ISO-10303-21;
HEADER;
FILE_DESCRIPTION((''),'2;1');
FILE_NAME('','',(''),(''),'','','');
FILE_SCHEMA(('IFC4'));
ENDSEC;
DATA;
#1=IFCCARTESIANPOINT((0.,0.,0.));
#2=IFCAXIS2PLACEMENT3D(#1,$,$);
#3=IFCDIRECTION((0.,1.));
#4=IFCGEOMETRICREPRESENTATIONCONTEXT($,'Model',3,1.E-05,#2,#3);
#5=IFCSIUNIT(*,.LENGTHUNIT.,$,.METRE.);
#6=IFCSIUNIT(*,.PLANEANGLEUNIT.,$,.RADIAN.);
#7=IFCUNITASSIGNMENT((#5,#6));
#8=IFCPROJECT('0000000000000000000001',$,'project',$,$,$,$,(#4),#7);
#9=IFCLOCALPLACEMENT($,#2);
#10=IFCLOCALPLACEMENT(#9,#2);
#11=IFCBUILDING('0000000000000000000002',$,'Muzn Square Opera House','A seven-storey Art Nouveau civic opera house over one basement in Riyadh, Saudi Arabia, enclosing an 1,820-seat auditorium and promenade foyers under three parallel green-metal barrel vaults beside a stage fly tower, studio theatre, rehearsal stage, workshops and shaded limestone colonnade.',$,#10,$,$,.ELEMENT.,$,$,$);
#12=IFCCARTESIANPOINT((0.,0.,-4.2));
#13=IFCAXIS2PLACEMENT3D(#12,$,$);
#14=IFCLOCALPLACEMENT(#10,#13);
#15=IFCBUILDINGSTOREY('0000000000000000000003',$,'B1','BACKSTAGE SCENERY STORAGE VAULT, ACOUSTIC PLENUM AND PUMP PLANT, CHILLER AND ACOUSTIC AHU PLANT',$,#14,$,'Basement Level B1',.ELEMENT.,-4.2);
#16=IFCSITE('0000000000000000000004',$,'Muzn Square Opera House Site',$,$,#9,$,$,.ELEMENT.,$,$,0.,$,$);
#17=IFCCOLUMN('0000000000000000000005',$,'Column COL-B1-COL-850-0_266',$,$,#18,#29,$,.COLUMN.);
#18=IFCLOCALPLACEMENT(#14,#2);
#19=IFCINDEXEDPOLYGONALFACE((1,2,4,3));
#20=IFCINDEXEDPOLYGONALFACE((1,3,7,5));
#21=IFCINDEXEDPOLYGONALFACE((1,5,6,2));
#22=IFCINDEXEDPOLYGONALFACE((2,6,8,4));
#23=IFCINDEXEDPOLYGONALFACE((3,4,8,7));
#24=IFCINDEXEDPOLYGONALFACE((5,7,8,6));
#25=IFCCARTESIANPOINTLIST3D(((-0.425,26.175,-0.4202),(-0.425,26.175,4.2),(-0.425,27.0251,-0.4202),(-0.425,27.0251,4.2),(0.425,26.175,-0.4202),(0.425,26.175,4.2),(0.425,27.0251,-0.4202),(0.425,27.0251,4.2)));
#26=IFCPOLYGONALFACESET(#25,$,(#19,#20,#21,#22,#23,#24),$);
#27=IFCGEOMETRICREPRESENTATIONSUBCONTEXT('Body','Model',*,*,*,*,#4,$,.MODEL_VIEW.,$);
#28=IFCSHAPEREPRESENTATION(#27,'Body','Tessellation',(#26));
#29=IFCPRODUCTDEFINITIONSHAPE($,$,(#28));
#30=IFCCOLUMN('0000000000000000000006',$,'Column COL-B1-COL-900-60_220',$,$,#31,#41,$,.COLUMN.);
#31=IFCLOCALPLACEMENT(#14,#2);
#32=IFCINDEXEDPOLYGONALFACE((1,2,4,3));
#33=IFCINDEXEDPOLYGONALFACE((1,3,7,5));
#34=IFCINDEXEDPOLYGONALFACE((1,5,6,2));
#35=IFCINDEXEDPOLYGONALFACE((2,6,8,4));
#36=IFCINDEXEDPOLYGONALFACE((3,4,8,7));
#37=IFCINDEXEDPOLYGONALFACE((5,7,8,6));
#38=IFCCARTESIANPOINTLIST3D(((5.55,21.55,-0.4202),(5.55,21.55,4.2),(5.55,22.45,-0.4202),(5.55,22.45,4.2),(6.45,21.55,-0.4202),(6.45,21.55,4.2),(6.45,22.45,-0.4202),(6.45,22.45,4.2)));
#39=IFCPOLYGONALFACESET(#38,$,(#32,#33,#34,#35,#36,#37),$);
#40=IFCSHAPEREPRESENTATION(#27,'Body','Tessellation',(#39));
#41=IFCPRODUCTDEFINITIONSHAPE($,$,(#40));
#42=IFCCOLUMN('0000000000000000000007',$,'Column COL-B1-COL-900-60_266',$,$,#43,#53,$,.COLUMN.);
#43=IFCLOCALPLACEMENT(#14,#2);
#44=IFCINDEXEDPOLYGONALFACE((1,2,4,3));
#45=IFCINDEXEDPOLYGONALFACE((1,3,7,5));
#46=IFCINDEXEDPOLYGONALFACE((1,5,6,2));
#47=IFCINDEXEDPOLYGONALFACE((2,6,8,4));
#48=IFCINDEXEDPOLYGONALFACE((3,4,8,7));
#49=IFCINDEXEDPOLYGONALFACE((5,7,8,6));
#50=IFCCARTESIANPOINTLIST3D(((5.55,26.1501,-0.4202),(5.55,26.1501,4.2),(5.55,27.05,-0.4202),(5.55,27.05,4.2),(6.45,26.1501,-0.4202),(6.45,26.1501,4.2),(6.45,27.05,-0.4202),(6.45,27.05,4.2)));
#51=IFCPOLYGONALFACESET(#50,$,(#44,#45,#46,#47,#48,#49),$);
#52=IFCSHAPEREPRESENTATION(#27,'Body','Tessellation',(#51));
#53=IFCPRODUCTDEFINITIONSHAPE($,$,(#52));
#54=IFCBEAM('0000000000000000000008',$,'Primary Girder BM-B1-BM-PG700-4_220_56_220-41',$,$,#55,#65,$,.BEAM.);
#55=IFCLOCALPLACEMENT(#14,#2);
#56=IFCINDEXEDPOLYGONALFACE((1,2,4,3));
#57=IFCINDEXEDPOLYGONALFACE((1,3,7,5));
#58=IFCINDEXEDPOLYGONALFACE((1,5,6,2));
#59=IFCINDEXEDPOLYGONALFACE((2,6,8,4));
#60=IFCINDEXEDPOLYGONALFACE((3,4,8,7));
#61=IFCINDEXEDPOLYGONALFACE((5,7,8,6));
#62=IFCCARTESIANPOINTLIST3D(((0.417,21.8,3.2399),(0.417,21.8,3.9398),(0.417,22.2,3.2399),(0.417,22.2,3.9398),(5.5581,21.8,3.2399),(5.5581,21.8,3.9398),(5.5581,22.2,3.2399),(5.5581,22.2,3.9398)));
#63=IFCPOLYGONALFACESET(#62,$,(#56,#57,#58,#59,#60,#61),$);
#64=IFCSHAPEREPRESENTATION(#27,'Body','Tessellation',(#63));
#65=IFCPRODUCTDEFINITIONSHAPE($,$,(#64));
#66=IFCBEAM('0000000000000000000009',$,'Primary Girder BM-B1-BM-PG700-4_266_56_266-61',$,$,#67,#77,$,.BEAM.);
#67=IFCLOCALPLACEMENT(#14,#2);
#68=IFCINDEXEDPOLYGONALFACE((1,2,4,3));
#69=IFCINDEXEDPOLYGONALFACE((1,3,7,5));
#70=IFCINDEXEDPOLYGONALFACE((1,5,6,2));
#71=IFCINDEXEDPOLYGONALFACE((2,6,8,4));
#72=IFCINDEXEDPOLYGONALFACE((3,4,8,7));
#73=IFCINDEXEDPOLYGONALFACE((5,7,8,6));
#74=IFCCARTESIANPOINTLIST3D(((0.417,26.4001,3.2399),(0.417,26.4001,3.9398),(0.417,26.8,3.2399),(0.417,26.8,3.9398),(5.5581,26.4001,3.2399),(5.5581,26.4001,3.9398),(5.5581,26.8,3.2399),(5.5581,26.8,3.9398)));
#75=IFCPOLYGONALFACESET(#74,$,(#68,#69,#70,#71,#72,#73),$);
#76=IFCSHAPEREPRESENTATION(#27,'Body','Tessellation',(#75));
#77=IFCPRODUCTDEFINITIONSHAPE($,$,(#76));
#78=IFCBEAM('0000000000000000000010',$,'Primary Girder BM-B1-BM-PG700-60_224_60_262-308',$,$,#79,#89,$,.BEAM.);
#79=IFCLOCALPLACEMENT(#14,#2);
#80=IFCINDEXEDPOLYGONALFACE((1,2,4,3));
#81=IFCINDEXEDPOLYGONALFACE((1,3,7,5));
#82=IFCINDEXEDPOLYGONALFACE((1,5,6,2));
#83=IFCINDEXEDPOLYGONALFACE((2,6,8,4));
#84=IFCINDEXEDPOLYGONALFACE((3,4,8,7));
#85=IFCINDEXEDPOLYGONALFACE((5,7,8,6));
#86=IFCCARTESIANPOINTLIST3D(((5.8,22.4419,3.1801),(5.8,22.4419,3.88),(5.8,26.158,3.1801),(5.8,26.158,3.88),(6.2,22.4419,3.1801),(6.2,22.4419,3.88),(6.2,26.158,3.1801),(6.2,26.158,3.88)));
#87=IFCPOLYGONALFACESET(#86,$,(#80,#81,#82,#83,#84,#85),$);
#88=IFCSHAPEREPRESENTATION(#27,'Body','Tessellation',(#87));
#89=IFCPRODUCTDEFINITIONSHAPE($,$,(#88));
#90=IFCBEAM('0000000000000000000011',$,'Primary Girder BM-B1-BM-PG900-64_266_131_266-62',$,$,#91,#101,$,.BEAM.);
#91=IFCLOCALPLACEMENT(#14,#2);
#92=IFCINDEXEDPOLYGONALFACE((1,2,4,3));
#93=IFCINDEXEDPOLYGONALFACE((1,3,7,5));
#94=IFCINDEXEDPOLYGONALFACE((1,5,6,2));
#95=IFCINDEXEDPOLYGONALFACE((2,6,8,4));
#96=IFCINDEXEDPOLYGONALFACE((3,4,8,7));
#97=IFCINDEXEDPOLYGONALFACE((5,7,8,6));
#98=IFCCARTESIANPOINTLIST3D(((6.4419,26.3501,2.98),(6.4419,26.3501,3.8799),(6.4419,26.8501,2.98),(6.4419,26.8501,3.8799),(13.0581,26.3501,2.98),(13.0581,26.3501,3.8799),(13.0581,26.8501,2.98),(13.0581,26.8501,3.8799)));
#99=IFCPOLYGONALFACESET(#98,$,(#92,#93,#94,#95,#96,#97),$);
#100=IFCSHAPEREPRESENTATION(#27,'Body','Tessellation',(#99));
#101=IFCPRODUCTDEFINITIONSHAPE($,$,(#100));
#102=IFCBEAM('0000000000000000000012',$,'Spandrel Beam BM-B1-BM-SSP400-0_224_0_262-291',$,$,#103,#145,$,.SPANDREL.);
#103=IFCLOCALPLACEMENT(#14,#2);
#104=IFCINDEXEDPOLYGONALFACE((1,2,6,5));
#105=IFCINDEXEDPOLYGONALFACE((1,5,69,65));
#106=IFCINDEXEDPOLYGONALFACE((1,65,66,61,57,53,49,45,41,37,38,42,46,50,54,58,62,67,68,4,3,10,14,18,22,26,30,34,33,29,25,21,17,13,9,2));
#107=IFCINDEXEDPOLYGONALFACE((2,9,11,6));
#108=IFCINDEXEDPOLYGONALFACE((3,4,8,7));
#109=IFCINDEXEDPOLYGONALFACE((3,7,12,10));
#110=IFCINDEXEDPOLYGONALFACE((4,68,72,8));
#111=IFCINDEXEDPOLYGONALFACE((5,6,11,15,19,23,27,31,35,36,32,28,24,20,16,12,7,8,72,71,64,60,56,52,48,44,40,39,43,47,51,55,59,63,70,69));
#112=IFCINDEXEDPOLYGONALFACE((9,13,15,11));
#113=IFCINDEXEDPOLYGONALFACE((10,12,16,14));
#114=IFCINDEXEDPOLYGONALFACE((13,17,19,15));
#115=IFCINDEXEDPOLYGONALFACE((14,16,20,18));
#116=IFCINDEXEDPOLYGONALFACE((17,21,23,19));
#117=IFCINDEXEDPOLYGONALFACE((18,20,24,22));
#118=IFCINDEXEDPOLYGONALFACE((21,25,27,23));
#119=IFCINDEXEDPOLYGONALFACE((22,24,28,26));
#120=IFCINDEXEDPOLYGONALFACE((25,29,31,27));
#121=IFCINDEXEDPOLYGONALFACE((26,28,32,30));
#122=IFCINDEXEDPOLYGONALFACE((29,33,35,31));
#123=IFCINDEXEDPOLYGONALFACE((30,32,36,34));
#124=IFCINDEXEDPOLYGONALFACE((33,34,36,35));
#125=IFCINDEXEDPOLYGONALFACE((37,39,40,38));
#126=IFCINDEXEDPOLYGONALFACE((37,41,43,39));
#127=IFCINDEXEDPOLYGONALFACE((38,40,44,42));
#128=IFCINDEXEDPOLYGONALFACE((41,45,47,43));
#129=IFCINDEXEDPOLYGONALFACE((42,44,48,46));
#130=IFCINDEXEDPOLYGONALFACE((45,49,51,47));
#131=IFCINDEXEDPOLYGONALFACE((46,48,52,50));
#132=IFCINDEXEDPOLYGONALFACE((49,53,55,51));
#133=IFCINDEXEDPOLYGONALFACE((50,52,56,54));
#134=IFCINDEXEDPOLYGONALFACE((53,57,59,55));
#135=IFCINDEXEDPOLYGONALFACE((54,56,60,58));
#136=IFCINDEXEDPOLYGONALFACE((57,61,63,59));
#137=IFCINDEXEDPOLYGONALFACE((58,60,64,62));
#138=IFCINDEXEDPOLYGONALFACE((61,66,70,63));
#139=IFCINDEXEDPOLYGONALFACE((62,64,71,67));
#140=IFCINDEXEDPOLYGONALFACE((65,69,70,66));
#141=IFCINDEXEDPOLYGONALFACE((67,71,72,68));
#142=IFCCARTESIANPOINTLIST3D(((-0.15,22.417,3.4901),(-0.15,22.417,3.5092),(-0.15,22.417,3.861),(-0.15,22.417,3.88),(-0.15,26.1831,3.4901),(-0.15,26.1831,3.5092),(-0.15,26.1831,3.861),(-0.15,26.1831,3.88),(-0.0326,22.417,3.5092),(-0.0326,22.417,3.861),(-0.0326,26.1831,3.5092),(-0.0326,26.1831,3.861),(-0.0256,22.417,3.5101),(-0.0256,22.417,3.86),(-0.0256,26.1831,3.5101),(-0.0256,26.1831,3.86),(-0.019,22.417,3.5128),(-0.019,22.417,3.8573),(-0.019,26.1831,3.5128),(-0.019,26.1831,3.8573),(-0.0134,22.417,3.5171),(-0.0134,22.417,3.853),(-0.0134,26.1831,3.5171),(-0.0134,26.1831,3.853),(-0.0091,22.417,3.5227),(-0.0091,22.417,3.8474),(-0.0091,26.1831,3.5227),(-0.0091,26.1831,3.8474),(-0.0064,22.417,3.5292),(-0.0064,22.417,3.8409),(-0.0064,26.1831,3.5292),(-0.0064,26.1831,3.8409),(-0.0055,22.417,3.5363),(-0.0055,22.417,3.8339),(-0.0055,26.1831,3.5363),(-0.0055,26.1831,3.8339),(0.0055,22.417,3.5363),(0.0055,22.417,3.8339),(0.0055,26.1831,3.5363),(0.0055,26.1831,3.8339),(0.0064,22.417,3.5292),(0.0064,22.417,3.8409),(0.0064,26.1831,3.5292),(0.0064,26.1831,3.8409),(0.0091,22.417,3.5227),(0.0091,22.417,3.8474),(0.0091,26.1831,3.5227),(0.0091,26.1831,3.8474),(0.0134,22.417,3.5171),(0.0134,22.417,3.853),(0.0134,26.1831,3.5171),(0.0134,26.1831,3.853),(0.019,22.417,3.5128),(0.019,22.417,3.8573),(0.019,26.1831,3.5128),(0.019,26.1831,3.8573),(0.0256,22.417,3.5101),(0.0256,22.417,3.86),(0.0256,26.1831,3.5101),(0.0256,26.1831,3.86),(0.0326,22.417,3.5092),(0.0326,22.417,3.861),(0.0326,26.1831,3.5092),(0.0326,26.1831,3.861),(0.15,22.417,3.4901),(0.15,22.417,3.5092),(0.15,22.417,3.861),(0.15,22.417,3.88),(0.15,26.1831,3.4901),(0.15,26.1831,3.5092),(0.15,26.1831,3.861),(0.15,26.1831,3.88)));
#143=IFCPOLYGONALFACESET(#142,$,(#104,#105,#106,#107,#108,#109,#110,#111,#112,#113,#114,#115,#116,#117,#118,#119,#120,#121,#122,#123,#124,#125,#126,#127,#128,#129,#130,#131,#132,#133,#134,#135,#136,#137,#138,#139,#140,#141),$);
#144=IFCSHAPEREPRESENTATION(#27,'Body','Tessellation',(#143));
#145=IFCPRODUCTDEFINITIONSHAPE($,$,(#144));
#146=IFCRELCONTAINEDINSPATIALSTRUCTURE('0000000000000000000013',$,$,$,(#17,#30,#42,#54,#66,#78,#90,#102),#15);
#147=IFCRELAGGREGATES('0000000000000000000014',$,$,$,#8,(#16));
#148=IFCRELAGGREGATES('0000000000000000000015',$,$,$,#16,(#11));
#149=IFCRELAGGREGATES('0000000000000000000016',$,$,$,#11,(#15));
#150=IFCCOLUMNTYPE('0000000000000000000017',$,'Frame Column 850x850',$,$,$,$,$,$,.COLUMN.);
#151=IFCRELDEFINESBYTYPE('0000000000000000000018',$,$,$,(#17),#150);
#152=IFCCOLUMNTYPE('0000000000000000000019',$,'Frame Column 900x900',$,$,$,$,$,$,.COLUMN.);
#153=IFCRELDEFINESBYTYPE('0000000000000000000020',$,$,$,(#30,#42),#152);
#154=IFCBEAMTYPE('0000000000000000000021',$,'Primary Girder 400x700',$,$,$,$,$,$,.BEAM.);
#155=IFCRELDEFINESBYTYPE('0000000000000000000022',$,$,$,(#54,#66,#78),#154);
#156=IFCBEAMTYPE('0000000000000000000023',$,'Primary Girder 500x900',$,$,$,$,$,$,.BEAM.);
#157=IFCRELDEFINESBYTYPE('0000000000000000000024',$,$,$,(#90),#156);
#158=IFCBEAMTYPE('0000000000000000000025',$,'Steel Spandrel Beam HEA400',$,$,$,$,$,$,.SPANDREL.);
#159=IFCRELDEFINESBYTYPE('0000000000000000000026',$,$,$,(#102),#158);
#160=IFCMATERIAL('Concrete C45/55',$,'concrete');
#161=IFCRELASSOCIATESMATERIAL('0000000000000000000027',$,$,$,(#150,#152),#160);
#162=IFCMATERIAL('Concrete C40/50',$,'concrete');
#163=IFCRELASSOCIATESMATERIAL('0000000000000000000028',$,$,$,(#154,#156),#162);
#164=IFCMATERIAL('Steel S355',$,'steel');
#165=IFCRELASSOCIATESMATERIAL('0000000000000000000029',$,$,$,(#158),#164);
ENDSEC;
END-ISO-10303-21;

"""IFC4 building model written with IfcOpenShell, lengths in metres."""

from ifc_helpers import new_model, si_unit, direction, frame, origin, origin_2d, place, context, subcontext, project, spatial, rectangle, i_section, extrude, material, material_profile, profile_set, type_object, element, save


model = new_model("IFC4")

# Units and contexts
model_context = context("Model", 3, precision=1e-05, world=origin(), true_north=direction((0.0, 1.0)))
body_context = subcontext(model_context, "Body", "Model", "MODEL_VIEW")
ifc_project = project(units=[si_unit("LENGTHUNIT", "METRE"), si_unit("PLANEANGLEUNIT", "RADIAN")], contexts=[model_context])

# Site, building, storey
site_placement = place(None, origin())
site = spatial("IfcSite", under=ifc_project, at=site_placement, Name="Muzn Square Opera House Site", CompositionType="ELEMENT", RefElevation=0.0)
building_placement = place(site_placement, origin())
building = spatial("IfcBuilding", under=site, at=building_placement, Name="Muzn Square Opera House", Description="A seven-storey Art Nouveau civic opera house over one basement in Riyadh, Saudi Arabia, enclosing an 1,820-seat auditorium and promenade foyers under three parallel green-metal barrel vaults beside a stage fly tower, studio theatre, rehearsal stage, workshops and shaded limestone colonnade.", CompositionType="ELEMENT")
storey_placement = place(building_placement, frame((0.0, 0.0, -4.2)))
storey = spatial("IfcBuildingStorey", under=building, at=storey_placement, Name="B1", Description="BACKSTAGE SCENERY STORAGE VAULT, ACOUSTIC PLENUM AND PUMP PLANT, CHILLER AND ACOUSTIC AHU PLANT", LongName="Basement Level B1", CompositionType="ELEMENT", Elevation=-4.2)

# Shared definitions
ifc_material_1 = material(Name="Concrete C40/50", Category="concrete")

# Columns
ifc_material_2 = material(Name="Concrete C45/55", Category="concrete")
ifc_material_profile_1 = material_profile(ifc_material_2, rectangle(XDim=0.8501, YDim=0.8501, at=origin_2d()), Name="RC 850x850", Category="concrete")
ifc_profile_set_1 = profile_set([ifc_material_profile_1], Name="Concrete C45/55")
column_type_1 = type_object("IfcColumnType", Name="Frame Column 850x850", PredefinedType="COLUMN", material=ifc_profile_set_1)
for number, where, z_axis, x_axis, name in (
    (1, (0.0, 26.6001, -0.4202), (0.0, 0.0, 1.0), (1.0, 0.0, 0.0), "Column COL-B1-COL-850-0_266"),
):
    element("IfcColumn", number, at=place(storey_placement, frame(where, z_axis=z_axis, x_axis=x_axis)), inside=storey, type_object=column_type_1, Name=name, PredefinedType="COLUMN", context=body_context, shape_type="SweptSolid", body=[
        extrude(rectangle(XDim=0.8501, YDim=0.8501, at=origin_2d()), origin(), (0.0, 0.0, 1.0), 4.6201),
    ])
ifc_material_profile_2 = material_profile(ifc_material_2, rectangle(XDim=0.8999, YDim=0.8999, at=origin_2d()), Name="RC 900x900", Category="concrete")
ifc_profile_set_2 = profile_set([ifc_material_profile_2], Name="Concrete C45/55")
column_type_2 = type_object("IfcColumnType", Name="Frame Column 900x900", PredefinedType="COLUMN", material=ifc_profile_set_2)
for number, where, z_axis, x_axis, name in (
    (2, (6.0, 22.0, -0.4202), (0.0, 0.0, 1.0), (1.0, 0.0, 0.0), "Column COL-B1-COL-900-60_220"),
    (3, (6.0, 26.6001, -0.4202), (0.0, 0.0, 1.0), (1.0, 0.0, 0.0), "Column COL-B1-COL-900-60_266"),
):
    element("IfcColumn", number, at=place(storey_placement, frame(where, z_axis=z_axis, x_axis=x_axis)), inside=storey, type_object=column_type_2, Name=name, PredefinedType="COLUMN", context=body_context, shape_type="SweptSolid", body=[
        extrude(rectangle(XDim=0.8999, YDim=0.8999, at=origin_2d()), origin(), (0.0, 0.0, 1.0), 4.6201),
    ])

# Beams
ifc_material_profile_3 = material_profile(ifc_material_1, rectangle(XDim=0.3999, YDim=0.7, at=origin_2d()), Name="RCB 400x700", Category="concrete")
ifc_profile_set_3 = profile_set([ifc_material_profile_3], Name="Concrete C40/50")
beam_type_1 = type_object("IfcBeamType", Name="Primary Girder 400x700", PredefinedType="BEAM", material=ifc_profile_set_3)
for number, where, z_axis, x_axis, name in (
    (4, (0.417, 22.0, 3.5898), (1.0, 0.0, 0.0), (0.0, 1.0, 0.0), "Primary Girder BM-B1-BM-PG700-4_220_56_220-41"),
    (5, (0.417, 26.6001, 3.5898), (1.0, 0.0, 0.0), (0.0, 1.0, 0.0), "Primary Girder BM-B1-BM-PG700-4_266_56_266-61"),
):
    element("IfcBeam", number, at=place(storey_placement, frame(where, z_axis=z_axis, x_axis=x_axis)), inside=storey, type_object=beam_type_1, Name=name, PredefinedType="BEAM", context=body_context, shape_type="SweptSolid", body=[
        extrude(rectangle(XDim=0.3999, YDim=0.7, at=origin_2d()), origin(), (0.0, 0.0, 1.0), 5.1411),
    ])
beam_1_placement = place(storey_placement, frame((6.0, 22.4419, 3.53), z_axis=(0.0, 1.0, 0.0), x_axis=(-1.0, 0.0, 0.0)))
element("IfcBeam", 6, at=beam_1_placement, inside=storey, type_object=beam_type_1, Name="Primary Girder BM-B1-BM-PG700-60_224_60_262-308", PredefinedType="BEAM", context=body_context, shape_type="SweptSolid", body=[
    extrude(rectangle(XDim=0.3999, YDim=0.7, at=origin_2d()), origin(), (0.0, 0.0, 1.0), 3.7161),
])
ifc_material_profile_4 = material_profile(ifc_material_1, rectangle(XDim=0.5, YDim=0.8999, at=origin_2d()), Name="RCB 500x900", Category="concrete")
ifc_profile_set_4 = profile_set([ifc_material_profile_4], Name="Concrete C40/50")
beam_type_2 = type_object("IfcBeamType", Name="Primary Girder 500x900", PredefinedType="BEAM", material=ifc_profile_set_4)
beam_2_placement = place(storey_placement, frame((6.4419, 26.6001, 3.4299), z_axis=(1.0, 0.0, 0.0), x_axis=(0.0, 1.0, 0.0)))
element("IfcBeam", 7, at=beam_2_placement, inside=storey, type_object=beam_type_2, Name="Primary Girder BM-B1-BM-PG900-64_266_131_266-62", PredefinedType="BEAM", context=body_context, shape_type="SweptSolid", body=[
    extrude(rectangle(XDim=0.5, YDim=0.8999, at=origin_2d()), origin(), (0.0, 0.0, 1.0), 6.6162),
])
ifc_material_3 = material(Name="Steel S355", Category="steel")
ifc_material_profile_5 = material_profile(ifc_material_3, i_section(OverallWidth=0.3, OverallDepth=0.3899, WebThickness=0.011, FlangeThickness=0.019, FilletRadius=0.0271, at=origin_2d()), Name="HEA 400", Category="steel")
ifc_profile_set_5 = profile_set([ifc_material_profile_5], Name="Steel S355")
beam_type_3 = type_object("IfcBeamType", Name="Steel Spandrel Beam HEA400", PredefinedType="SPANDREL", material=ifc_profile_set_5)
beam_3_placement = place(storey_placement, frame((0.0, 22.417, 3.6851), z_axis=(0.0, 1.0, 0.0), x_axis=(-1.0, 0.0, 0.0)))
element("IfcBeam", 8, at=beam_3_placement, inside=storey, type_object=beam_type_3, Name="Spandrel Beam BM-B1-BM-SSP400-0_224_0_262-291", PredefinedType="SPANDREL", context=body_context, shape_type="SweptSolid", body=[
    extrude(i_section(OverallWidth=0.3, OverallDepth=0.3899, WebThickness=0.011, FlangeThickness=0.019, FilletRadius=0.0271, at=origin_2d()), origin(), (0.0, 0.0, 1.0), 3.7661),
])

save(model, "model.ifc")
